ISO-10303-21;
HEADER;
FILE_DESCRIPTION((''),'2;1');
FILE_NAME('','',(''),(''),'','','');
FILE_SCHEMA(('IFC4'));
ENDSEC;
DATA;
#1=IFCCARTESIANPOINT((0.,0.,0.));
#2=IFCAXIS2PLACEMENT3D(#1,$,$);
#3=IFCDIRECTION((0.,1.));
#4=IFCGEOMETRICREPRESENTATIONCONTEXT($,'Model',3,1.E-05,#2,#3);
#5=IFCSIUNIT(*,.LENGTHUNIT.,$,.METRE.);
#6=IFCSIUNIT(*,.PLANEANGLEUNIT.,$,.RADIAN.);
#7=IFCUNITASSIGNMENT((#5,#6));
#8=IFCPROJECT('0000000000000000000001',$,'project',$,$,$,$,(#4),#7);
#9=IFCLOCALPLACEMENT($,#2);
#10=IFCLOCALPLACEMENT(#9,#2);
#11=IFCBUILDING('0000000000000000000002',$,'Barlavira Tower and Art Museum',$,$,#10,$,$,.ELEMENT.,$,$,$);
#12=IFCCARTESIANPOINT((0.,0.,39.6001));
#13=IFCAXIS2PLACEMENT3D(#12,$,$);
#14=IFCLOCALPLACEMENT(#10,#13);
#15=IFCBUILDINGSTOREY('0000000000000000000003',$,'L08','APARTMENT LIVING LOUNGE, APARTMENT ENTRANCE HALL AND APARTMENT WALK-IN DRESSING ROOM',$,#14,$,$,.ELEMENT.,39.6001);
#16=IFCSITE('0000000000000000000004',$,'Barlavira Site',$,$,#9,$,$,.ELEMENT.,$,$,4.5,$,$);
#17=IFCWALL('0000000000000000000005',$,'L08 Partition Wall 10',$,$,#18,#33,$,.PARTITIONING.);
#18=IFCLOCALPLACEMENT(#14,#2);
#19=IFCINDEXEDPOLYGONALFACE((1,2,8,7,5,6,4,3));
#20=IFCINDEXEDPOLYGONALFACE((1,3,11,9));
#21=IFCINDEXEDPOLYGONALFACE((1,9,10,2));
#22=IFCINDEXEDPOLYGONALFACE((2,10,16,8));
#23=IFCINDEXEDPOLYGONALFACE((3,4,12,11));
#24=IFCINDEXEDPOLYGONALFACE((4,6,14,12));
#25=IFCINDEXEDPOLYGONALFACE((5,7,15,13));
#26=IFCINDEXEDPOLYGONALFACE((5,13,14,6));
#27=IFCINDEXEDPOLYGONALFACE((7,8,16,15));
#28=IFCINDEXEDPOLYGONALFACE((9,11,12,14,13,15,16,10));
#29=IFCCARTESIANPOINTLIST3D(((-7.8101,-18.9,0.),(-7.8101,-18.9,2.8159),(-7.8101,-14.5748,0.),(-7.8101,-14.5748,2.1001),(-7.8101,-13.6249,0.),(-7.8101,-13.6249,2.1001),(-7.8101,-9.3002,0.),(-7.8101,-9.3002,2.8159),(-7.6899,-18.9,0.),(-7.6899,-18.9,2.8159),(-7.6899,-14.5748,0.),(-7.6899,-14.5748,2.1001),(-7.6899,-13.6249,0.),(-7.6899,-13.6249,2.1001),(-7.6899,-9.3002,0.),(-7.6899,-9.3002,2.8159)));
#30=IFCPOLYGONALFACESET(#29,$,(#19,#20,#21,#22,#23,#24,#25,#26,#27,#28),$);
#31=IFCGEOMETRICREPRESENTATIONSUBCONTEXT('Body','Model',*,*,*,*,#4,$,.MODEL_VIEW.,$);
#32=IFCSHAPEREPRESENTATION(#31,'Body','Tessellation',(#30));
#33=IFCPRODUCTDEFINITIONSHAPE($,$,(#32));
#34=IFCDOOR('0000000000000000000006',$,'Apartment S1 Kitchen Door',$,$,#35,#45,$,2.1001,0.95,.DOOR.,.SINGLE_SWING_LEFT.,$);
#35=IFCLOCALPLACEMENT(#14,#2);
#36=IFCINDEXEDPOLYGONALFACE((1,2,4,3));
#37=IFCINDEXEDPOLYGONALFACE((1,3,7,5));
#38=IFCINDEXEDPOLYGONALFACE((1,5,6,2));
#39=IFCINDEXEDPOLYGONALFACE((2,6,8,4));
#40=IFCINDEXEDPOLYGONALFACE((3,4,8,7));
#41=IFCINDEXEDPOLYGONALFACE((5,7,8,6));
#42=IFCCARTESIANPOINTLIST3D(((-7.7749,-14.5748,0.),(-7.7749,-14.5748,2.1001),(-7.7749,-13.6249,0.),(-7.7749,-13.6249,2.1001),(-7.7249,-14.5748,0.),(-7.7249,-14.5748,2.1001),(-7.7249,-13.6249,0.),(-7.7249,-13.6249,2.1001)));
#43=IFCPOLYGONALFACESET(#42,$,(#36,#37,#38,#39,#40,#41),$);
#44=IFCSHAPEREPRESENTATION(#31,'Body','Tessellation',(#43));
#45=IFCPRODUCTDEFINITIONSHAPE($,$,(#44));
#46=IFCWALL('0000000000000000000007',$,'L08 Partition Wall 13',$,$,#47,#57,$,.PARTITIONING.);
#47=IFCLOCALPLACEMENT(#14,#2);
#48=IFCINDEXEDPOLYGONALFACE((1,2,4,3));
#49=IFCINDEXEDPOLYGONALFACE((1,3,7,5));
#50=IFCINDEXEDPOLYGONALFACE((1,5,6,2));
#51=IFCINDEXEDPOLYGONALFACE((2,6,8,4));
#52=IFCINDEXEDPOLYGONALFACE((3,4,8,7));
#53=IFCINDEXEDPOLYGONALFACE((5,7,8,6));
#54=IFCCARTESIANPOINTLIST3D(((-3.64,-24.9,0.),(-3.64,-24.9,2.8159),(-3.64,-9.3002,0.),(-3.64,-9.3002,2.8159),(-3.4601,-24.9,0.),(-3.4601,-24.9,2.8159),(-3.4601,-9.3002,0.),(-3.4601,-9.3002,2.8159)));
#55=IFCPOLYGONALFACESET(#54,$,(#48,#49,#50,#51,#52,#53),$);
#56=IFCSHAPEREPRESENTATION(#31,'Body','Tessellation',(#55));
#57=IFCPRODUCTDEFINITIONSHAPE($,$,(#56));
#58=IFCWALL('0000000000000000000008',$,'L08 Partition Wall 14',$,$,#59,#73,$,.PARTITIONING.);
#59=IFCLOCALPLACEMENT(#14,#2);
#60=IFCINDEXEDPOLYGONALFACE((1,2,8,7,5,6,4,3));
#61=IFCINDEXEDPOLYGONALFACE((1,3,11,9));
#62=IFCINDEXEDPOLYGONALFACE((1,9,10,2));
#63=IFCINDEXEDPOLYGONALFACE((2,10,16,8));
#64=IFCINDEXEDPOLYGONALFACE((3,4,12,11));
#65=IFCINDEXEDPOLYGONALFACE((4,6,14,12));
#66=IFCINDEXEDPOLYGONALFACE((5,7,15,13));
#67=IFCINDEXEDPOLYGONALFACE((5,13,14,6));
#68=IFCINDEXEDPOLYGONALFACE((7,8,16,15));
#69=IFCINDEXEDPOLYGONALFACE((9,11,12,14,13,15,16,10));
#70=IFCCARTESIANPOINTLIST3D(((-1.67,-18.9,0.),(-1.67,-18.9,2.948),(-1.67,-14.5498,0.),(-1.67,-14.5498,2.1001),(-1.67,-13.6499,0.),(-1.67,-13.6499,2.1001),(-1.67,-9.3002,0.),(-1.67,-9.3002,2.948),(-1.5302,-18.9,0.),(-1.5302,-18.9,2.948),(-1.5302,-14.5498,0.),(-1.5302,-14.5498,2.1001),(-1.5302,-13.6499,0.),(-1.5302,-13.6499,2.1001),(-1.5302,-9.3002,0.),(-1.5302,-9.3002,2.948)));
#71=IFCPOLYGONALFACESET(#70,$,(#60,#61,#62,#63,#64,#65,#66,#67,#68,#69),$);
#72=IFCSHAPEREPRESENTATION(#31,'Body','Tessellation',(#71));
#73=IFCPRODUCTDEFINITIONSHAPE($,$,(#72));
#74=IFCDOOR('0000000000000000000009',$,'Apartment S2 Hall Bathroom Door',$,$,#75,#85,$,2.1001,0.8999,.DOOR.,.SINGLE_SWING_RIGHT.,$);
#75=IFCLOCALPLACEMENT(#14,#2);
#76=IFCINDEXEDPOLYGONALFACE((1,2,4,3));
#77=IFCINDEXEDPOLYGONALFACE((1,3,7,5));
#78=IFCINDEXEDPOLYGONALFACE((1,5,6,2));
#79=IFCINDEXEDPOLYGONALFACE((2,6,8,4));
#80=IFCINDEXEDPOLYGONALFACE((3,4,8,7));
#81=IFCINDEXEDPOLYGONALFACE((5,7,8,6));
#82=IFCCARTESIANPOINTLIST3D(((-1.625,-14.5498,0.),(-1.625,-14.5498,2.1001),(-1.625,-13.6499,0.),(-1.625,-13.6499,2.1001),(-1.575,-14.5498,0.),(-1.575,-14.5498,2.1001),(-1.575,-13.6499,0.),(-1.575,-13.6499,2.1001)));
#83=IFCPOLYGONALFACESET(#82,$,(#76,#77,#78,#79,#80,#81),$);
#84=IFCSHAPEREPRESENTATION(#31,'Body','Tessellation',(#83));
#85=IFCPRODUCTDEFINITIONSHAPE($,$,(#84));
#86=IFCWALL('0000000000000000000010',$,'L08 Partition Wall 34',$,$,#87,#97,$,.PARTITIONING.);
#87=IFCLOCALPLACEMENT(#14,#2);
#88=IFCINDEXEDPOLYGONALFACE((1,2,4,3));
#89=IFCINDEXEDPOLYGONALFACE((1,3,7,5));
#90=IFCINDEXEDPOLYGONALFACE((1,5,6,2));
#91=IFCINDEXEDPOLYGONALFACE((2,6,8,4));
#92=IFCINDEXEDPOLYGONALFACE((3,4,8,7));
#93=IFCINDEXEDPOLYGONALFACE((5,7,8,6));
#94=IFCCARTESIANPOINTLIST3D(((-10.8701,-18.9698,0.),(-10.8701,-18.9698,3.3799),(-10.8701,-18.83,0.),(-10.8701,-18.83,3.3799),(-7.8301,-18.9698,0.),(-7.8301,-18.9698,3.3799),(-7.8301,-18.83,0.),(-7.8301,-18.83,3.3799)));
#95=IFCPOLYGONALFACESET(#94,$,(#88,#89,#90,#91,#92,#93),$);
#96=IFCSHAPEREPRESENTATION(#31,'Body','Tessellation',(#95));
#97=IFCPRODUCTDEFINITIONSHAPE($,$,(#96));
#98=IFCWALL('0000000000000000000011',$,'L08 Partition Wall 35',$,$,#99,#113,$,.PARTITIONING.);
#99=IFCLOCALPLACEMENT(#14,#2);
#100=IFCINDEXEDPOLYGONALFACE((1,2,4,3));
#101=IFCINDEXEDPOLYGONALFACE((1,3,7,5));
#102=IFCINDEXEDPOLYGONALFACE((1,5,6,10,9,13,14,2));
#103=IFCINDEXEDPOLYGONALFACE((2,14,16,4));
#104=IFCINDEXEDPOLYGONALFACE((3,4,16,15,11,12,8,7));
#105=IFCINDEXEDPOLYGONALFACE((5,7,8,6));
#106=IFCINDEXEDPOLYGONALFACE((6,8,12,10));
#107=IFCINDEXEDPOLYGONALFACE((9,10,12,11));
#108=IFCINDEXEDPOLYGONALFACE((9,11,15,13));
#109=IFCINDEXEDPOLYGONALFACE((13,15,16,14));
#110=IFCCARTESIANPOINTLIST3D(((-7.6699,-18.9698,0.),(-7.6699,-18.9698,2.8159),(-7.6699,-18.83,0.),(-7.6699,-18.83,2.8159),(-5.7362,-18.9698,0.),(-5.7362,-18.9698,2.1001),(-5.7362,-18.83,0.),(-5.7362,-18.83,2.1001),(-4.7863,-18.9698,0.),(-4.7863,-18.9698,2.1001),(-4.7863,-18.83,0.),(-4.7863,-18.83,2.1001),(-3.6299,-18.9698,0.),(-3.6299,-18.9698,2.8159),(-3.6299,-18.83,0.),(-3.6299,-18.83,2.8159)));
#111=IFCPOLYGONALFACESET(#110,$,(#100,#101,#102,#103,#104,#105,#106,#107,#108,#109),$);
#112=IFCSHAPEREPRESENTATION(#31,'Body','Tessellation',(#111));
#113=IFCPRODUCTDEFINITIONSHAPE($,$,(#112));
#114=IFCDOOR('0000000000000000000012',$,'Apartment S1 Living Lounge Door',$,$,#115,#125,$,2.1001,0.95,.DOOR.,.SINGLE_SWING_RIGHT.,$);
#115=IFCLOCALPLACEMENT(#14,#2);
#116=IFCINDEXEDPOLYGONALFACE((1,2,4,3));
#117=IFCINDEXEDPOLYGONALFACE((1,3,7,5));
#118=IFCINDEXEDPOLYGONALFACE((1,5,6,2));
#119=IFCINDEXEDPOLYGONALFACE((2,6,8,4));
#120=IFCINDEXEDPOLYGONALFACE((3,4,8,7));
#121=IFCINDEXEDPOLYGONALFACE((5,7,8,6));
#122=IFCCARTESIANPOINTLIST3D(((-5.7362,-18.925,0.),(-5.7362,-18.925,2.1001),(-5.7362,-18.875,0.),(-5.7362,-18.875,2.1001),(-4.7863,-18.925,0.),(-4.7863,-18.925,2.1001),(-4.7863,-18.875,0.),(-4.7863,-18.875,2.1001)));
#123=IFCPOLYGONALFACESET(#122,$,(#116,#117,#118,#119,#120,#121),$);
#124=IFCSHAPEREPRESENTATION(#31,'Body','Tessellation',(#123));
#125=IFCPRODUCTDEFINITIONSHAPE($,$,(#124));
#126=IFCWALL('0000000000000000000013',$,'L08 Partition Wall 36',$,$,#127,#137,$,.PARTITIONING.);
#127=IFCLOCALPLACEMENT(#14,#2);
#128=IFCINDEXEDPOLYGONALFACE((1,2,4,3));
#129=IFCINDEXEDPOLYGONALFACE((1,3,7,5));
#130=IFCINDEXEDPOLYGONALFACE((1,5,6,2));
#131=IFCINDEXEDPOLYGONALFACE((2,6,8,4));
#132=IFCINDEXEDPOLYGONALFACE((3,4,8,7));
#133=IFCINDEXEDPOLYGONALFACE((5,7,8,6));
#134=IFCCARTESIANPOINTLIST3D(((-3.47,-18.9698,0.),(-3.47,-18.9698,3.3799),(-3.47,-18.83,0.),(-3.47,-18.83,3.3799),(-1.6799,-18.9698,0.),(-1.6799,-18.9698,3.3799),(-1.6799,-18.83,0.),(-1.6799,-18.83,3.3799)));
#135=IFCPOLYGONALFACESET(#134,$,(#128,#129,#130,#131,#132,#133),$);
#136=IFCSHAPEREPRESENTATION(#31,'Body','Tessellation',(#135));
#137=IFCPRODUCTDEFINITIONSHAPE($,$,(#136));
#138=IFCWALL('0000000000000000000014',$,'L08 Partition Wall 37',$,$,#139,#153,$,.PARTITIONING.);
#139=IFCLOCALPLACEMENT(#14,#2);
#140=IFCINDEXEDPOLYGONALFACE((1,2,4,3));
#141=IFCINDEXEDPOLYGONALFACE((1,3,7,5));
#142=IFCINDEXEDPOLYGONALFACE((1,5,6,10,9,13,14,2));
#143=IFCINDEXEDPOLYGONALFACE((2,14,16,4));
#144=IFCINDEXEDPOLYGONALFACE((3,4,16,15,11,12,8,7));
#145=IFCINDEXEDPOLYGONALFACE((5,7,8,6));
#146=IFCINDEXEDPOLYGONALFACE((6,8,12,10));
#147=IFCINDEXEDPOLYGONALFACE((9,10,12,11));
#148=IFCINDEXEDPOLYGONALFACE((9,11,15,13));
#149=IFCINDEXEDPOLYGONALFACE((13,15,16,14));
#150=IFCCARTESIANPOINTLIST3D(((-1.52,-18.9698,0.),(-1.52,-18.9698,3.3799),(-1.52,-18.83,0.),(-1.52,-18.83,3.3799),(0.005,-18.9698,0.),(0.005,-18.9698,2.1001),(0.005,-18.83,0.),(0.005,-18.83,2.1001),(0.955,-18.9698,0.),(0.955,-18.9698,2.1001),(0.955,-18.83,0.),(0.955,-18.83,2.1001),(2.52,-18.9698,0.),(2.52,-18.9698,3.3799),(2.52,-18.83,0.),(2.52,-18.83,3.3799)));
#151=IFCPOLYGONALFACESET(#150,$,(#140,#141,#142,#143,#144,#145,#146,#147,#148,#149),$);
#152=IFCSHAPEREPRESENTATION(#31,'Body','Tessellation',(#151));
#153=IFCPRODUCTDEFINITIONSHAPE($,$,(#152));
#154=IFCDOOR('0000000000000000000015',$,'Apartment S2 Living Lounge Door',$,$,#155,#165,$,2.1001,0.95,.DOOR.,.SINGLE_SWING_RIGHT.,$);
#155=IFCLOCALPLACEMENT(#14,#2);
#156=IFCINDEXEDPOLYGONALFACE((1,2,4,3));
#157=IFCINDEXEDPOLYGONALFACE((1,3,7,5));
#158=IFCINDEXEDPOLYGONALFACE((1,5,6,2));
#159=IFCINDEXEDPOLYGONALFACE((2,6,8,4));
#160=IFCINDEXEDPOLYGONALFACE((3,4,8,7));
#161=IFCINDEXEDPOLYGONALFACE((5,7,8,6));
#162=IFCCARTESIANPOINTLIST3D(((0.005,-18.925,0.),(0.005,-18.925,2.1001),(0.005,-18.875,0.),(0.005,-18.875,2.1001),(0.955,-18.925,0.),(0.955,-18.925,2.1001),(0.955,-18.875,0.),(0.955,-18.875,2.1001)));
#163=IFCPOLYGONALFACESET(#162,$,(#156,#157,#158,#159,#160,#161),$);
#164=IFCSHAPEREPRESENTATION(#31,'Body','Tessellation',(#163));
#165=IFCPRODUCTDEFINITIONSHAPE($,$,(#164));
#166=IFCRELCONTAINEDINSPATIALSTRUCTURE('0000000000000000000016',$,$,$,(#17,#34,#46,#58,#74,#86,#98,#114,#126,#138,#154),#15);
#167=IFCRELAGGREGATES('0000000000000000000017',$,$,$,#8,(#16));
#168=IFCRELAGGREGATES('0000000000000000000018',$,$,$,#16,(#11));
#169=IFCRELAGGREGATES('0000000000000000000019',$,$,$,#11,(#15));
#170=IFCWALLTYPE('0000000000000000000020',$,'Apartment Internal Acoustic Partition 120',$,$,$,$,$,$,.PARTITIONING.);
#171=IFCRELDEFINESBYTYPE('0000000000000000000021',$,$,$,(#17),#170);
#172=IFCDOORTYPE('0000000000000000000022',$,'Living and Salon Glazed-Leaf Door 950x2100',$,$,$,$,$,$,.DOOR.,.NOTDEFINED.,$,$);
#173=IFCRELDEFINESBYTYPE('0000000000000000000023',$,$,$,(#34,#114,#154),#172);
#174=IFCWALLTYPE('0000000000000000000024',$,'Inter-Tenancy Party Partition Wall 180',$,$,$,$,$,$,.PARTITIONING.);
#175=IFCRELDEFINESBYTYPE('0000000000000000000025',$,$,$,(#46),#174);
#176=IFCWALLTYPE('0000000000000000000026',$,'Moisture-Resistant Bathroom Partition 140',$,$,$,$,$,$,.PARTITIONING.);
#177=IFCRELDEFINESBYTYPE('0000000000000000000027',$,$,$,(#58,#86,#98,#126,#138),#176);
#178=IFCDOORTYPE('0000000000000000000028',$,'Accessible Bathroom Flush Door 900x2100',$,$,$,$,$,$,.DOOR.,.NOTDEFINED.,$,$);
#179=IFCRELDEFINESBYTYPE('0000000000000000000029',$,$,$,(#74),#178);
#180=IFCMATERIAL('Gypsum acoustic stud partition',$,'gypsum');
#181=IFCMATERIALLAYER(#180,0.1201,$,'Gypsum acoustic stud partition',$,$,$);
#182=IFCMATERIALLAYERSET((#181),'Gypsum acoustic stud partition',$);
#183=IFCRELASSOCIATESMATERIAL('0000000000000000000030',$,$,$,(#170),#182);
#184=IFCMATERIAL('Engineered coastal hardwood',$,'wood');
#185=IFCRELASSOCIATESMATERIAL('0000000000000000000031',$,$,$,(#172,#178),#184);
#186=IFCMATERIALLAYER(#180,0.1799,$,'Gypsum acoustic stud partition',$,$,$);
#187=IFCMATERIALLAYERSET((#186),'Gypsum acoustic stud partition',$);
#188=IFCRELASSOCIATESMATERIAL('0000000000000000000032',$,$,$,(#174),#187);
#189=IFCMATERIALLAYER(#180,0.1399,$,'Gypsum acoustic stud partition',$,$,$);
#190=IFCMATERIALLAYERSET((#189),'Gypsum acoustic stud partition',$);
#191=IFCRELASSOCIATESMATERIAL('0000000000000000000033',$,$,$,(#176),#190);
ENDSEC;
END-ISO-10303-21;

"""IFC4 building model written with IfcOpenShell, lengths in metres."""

from ifc_helpers import new_model, si_unit, direction, frame, frame_2d, origin, place, context, subcontext, project, spatial, rectangle, extrude, material, layer, layer_set, type_object, element, fill, save


model = new_model("IFC4")

# Units and contexts
model_context = context("Model", 3, precision=1e-05, world=origin(), true_north=direction((0.0, 1.0)))
body_context = subcontext(model_context, "Body", "Model", "MODEL_VIEW")
ifc_project = project(units=[si_unit("LENGTHUNIT", "METRE"), si_unit("PLANEANGLEUNIT", "RADIAN")], contexts=[model_context])

# Site, building, storey
site_placement = place(None, origin())
site = spatial("IfcSite", under=ifc_project, at=site_placement, Name="Barlavira Site", CompositionType="ELEMENT", RefElevation=4.5)
building_placement = place(site_placement, origin())
building = spatial("IfcBuilding", under=site, at=building_placement, Name="Barlavira Tower and Art Museum", CompositionType="ELEMENT")
storey_placement = place(building_placement, frame((0.0, 0.0, 39.6001)))
storey = spatial("IfcBuildingStorey", under=building, at=storey_placement, Name="L08", Description="APARTMENT LIVING LOUNGE, APARTMENT ENTRANCE HALL AND APARTMENT WALK-IN DRESSING ROOM", CompositionType="ELEMENT", Elevation=39.6001)

# Wall, opening, door
ifc_material_1 = material(Name="Gypsum acoustic stud partition", Category="gypsum")
ifc_layer_1 = layer(ifc_material_1, 0.1201, Name="Gypsum acoustic stud partition")
ifc_layer_set_1 = layer_set([ifc_layer_1], Name="Gypsum acoustic stud partition")
wall_type_1 = type_object("IfcWallType", Name="Apartment Internal Acoustic Partition 120", PredefinedType="PARTITIONING", material=ifc_layer_set_1)
wall_1_placement = place(storey_placement, frame((-7.75, -18.8999, 0.0), z_axis=(0.0, 0.0, 1.0), x_axis=(0.0, 1.0, 0.0)))
wall_1 = element("IfcWall", 1, at=wall_1_placement, inside=storey, type_object=wall_type_1, Name="L08 Partition Wall 10", PredefinedType="PARTITIONING", context=body_context, shape_type="SweptSolid", body=[
    extrude(rectangle(XDim=9.5999, YDim=0.1201, at=frame_2d((4.7998, 0.0))), origin(), (0.0, 0.0, 1.0), 2.8159),
])
opening_1_placement = place(wall_1_placement, frame((4.325, 0.0, 0.0)))
opening_1 = element("IfcOpeningElement", 2, at=opening_1_placement, cuts=wall_1, PredefinedType="OPENING", context=body_context, shape_type="SweptSolid", body=[
    extrude(rectangle(XDim=0.95, YDim=2.1001, at=frame_2d((0.4751, 1.05))), frame((0.0, 0.0701, 0.0), z_axis=(0.0, -1.0, 0.0), x_axis=(1.0, 0.0, 0.0)), (0.0, 0.0, 1.0), 0.1401),
])
ifc_material_2 = material(Name="Engineered coastal hardwood", Category="wood")
door_type_1 = type_object("IfcDoorType", Name="Living and Salon Glazed-Leaf Door 950x2100", OperationType="NOTDEFINED", PredefinedType="DOOR", material=ifc_material_2)
door_1_placement = place(opening_1_placement, origin())
door_1 = element("IfcDoor", 3, at=door_1_placement, inside=storey, type_object=door_type_1, Name="Apartment S1 Kitchen Door", OperationType="SINGLE_SWING_LEFT", OverallHeight=2.1001, OverallWidth=0.95, PredefinedType="DOOR", context=body_context, shape_type="SweptSolid", body=[
    extrude(rectangle(XDim=0.95, YDim=2.1001, at=frame_2d((0.4751, 1.05))), frame((0.0, 0.0249, 0.0), z_axis=(0.0, -1.0, 0.0), x_axis=(1.0, 0.0, 0.0)), (0.0, 0.0, 1.0), 0.05),
])
fill(opening_1, door_1)

# Wall
ifc_layer_2 = layer(ifc_material_1, 0.1799, Name="Gypsum acoustic stud partition")
ifc_layer_set_2 = layer_set([ifc_layer_2], Name="Gypsum acoustic stud partition")
wall_type_2 = type_object("IfcWallType", Name="Inter-Tenancy Party Partition Wall 180", PredefinedType="PARTITIONING", material=ifc_layer_set_2)
wall_2_placement = place(storey_placement, frame((-3.55, -24.8999, 0.0), z_axis=(0.0, 0.0, 1.0), x_axis=(0.0, 1.0, 0.0)))
element("IfcWall", 4, at=wall_2_placement, inside=storey, type_object=wall_type_2, Name="L08 Partition Wall 13", PredefinedType="PARTITIONING", context=body_context, shape_type="SweptSolid", body=[
    extrude(rectangle(XDim=15.5999, YDim=0.1799, at=frame_2d((7.7998, 0.0))), origin(), (0.0, 0.0, 1.0), 2.8159),
])

# Wall, opening, door
ifc_layer_3 = layer(ifc_material_1, 0.1399, Name="Gypsum acoustic stud partition")
ifc_layer_set_3 = layer_set([ifc_layer_3], Name="Gypsum acoustic stud partition")
wall_type_3 = type_object("IfcWallType", Name="Moisture-Resistant Bathroom Partition 140", PredefinedType="PARTITIONING", material=ifc_layer_set_3)
wall_3_placement = place(storey_placement, frame((-1.6001, -18.8999, 0.0), z_axis=(0.0, 0.0, 1.0), x_axis=(0.0, 1.0, 0.0)))
wall_3 = element("IfcWall", 5, at=wall_3_placement, inside=storey, type_object=wall_type_3, Name="L08 Partition Wall 14", PredefinedType="PARTITIONING", context=body_context, shape_type="SweptSolid", body=[
    extrude(rectangle(XDim=9.5999, YDim=0.1399, at=frame_2d((4.7998, 0.0))), origin(), (0.0, 0.0, 1.0), 2.948),
])
opening_2_placement = place(wall_3_placement, frame((4.3501, 0.0, 0.0)))
opening_2 = element("IfcOpeningElement", 6, at=opening_2_placement, cuts=wall_3, PredefinedType="OPENING", context=body_context, shape_type="SweptSolid", body=[
    extrude(rectangle(XDim=0.8999, YDim=2.1001, at=frame_2d((0.45, 1.05))), frame((0.0, 0.0801, 0.0), z_axis=(0.0, -1.0, 0.0), x_axis=(1.0, 0.0, 0.0)), (0.0, 0.0, 1.0), 0.1599),
])
door_type_2 = type_object("IfcDoorType", Name="Accessible Bathroom Flush Door 900x2100", OperationType="NOTDEFINED", PredefinedType="DOOR", material=ifc_material_2)
door_2_placement = place(opening_2_placement, origin())
door_2 = element("IfcDoor", 7, at=door_2_placement, inside=storey, type_object=door_type_2, Name="Apartment S2 Hall Bathroom Door", OperationType="SINGLE_SWING_RIGHT", OverallHeight=2.1001, OverallWidth=0.8999, PredefinedType="DOOR", context=body_context, shape_type="SweptSolid", body=[
    extrude(rectangle(XDim=0.8999, YDim=2.1001, at=frame_2d((0.45, 1.05))), frame((0.0, 0.0249, 0.0), z_axis=(0.0, -1.0, 0.0), x_axis=(1.0, 0.0, 0.0)), (0.0, 0.0, 1.0), 0.05),
])
fill(opening_2, door_2)

# Wall
wall_4_placement = place(storey_placement, frame((-10.8701, -18.8999, 0.0), z_axis=(0.0, 0.0, 1.0), x_axis=(1.0, 0.0, 0.0)))
element("IfcWall", 8, at=wall_4_placement, inside=storey, type_object=wall_type_3, Name="L08 Partition Wall 34", PredefinedType="PARTITIONING", context=body_context, shape_type="SweptSolid", body=[
    extrude(rectangle(XDim=3.04, YDim=0.1399, at=frame_2d((1.52, 0.0))), origin(), (0.0, 0.0, 1.0), 3.3799),
])

# Wall, opening, door
wall_5_placement = place(storey_placement, frame((-7.6699, -18.8999, 0.0), z_axis=(0.0, 0.0, 1.0), x_axis=(1.0, 0.0, 0.0)))
wall_5 = element("IfcWall", 9, at=wall_5_placement, inside=storey, type_object=wall_type_3, Name="L08 Partition Wall 35", PredefinedType="PARTITIONING", context=body_context, shape_type="SweptSolid", body=[
    extrude(rectangle(XDim=4.04, YDim=0.1399, at=frame_2d((2.02, 0.0))), origin(), (0.0, 0.0, 1.0), 2.8159),
])
opening_3_placement = place(wall_5_placement, frame((1.9336, 0.0, 0.0)))
opening_3 = element("IfcOpeningElement", 10, at=opening_3_placement, cuts=wall_5, PredefinedType="OPENING", context=body_context, shape_type="SweptSolid", body=[
    extrude(rectangle(XDim=0.95, YDim=2.1001, at=frame_2d((0.4751, 1.05))), frame((0.0, 0.0801, 0.0), z_axis=(0.0, -1.0, 0.0), x_axis=(1.0, 0.0, 0.0)), (0.0, 0.0, 1.0), 0.1599),
])
door_3_placement = place(opening_3_placement, origin())
door_3 = element("IfcDoor", 11, at=door_3_placement, inside=storey, type_object=door_type_1, Name="Apartment S1 Living Lounge Door", OperationType="SINGLE_SWING_RIGHT", OverallHeight=2.1001, OverallWidth=0.95, PredefinedType="DOOR", context=body_context, shape_type="SweptSolid", body=[
    extrude(rectangle(XDim=0.95, YDim=2.1001, at=frame_2d((0.4751, 1.05))), frame((0.0, 0.0249, 0.0), z_axis=(0.0, -1.0, 0.0), x_axis=(1.0, 0.0, 0.0)), (0.0, 0.0, 1.0), 0.05),
])
fill(opening_3, door_3)

# Wall
wall_6_placement = place(storey_placement, frame((-3.47, -18.8999, 0.0), z_axis=(0.0, 0.0, 1.0), x_axis=(1.0, 0.0, 0.0)))
element("IfcWall", 12, at=wall_6_placement, inside=storey, type_object=wall_type_3, Name="L08 Partition Wall 36", PredefinedType="PARTITIONING", context=body_context, shape_type="SweptSolid", body=[
    extrude(rectangle(XDim=1.79, YDim=0.1399, at=frame_2d((0.895, 0.0))), origin(), (0.0, 0.0, 1.0), 3.3799),
])

# Wall, opening, door
wall_7_placement = place(storey_placement, frame((-1.52, -18.8999, 0.0), z_axis=(0.0, 0.0, 1.0), x_axis=(1.0, 0.0, 0.0)))
wall_7 = element("IfcWall", 13, at=wall_7_placement, inside=storey, type_object=wall_type_3, Name="L08 Partition Wall 37", PredefinedType="PARTITIONING", context=body_context, shape_type="SweptSolid", body=[
    extrude(rectangle(XDim=4.04, YDim=0.1399, at=frame_2d((2.02, 0.0))), origin(), (0.0, 0.0, 1.0), 3.3799),
])
opening_4_placement = place(wall_7_placement, frame((1.5249, 0.0, 0.0)))
opening_4 = element("IfcOpeningElement", 14, at=opening_4_placement, cuts=wall_7, PredefinedType="OPENING", context=body_context, shape_type="SweptSolid", body=[
    extrude(rectangle(XDim=0.95, YDim=2.1001, at=frame_2d((0.4751, 1.05))), frame((0.0, 0.0801, 0.0), z_axis=(0.0, -1.0, 0.0), x_axis=(1.0, 0.0, 0.0)), (0.0, 0.0, 1.0), 0.1599),
])
door_4_placement = place(opening_4_placement, origin())
door_4 = element("IfcDoor", 15, at=door_4_placement, inside=storey, type_object=door_type_1, Name="Apartment S2 Living Lounge Door", OperationType="SINGLE_SWING_RIGHT", OverallHeight=2.1001, OverallWidth=0.95, PredefinedType="DOOR", context=body_context, shape_type="SweptSolid", body=[
    extrude(rectangle(XDim=0.95, YDim=2.1001, at=frame_2d((0.4751, 1.05))), frame((0.0, 0.0249, 0.0), z_axis=(0.0, -1.0, 0.0), x_axis=(1.0, 0.0, 0.0)), (0.0, 0.0, 1.0), 0.05),
])
fill(opening_4, door_4)

save(model, "model.ifc")
